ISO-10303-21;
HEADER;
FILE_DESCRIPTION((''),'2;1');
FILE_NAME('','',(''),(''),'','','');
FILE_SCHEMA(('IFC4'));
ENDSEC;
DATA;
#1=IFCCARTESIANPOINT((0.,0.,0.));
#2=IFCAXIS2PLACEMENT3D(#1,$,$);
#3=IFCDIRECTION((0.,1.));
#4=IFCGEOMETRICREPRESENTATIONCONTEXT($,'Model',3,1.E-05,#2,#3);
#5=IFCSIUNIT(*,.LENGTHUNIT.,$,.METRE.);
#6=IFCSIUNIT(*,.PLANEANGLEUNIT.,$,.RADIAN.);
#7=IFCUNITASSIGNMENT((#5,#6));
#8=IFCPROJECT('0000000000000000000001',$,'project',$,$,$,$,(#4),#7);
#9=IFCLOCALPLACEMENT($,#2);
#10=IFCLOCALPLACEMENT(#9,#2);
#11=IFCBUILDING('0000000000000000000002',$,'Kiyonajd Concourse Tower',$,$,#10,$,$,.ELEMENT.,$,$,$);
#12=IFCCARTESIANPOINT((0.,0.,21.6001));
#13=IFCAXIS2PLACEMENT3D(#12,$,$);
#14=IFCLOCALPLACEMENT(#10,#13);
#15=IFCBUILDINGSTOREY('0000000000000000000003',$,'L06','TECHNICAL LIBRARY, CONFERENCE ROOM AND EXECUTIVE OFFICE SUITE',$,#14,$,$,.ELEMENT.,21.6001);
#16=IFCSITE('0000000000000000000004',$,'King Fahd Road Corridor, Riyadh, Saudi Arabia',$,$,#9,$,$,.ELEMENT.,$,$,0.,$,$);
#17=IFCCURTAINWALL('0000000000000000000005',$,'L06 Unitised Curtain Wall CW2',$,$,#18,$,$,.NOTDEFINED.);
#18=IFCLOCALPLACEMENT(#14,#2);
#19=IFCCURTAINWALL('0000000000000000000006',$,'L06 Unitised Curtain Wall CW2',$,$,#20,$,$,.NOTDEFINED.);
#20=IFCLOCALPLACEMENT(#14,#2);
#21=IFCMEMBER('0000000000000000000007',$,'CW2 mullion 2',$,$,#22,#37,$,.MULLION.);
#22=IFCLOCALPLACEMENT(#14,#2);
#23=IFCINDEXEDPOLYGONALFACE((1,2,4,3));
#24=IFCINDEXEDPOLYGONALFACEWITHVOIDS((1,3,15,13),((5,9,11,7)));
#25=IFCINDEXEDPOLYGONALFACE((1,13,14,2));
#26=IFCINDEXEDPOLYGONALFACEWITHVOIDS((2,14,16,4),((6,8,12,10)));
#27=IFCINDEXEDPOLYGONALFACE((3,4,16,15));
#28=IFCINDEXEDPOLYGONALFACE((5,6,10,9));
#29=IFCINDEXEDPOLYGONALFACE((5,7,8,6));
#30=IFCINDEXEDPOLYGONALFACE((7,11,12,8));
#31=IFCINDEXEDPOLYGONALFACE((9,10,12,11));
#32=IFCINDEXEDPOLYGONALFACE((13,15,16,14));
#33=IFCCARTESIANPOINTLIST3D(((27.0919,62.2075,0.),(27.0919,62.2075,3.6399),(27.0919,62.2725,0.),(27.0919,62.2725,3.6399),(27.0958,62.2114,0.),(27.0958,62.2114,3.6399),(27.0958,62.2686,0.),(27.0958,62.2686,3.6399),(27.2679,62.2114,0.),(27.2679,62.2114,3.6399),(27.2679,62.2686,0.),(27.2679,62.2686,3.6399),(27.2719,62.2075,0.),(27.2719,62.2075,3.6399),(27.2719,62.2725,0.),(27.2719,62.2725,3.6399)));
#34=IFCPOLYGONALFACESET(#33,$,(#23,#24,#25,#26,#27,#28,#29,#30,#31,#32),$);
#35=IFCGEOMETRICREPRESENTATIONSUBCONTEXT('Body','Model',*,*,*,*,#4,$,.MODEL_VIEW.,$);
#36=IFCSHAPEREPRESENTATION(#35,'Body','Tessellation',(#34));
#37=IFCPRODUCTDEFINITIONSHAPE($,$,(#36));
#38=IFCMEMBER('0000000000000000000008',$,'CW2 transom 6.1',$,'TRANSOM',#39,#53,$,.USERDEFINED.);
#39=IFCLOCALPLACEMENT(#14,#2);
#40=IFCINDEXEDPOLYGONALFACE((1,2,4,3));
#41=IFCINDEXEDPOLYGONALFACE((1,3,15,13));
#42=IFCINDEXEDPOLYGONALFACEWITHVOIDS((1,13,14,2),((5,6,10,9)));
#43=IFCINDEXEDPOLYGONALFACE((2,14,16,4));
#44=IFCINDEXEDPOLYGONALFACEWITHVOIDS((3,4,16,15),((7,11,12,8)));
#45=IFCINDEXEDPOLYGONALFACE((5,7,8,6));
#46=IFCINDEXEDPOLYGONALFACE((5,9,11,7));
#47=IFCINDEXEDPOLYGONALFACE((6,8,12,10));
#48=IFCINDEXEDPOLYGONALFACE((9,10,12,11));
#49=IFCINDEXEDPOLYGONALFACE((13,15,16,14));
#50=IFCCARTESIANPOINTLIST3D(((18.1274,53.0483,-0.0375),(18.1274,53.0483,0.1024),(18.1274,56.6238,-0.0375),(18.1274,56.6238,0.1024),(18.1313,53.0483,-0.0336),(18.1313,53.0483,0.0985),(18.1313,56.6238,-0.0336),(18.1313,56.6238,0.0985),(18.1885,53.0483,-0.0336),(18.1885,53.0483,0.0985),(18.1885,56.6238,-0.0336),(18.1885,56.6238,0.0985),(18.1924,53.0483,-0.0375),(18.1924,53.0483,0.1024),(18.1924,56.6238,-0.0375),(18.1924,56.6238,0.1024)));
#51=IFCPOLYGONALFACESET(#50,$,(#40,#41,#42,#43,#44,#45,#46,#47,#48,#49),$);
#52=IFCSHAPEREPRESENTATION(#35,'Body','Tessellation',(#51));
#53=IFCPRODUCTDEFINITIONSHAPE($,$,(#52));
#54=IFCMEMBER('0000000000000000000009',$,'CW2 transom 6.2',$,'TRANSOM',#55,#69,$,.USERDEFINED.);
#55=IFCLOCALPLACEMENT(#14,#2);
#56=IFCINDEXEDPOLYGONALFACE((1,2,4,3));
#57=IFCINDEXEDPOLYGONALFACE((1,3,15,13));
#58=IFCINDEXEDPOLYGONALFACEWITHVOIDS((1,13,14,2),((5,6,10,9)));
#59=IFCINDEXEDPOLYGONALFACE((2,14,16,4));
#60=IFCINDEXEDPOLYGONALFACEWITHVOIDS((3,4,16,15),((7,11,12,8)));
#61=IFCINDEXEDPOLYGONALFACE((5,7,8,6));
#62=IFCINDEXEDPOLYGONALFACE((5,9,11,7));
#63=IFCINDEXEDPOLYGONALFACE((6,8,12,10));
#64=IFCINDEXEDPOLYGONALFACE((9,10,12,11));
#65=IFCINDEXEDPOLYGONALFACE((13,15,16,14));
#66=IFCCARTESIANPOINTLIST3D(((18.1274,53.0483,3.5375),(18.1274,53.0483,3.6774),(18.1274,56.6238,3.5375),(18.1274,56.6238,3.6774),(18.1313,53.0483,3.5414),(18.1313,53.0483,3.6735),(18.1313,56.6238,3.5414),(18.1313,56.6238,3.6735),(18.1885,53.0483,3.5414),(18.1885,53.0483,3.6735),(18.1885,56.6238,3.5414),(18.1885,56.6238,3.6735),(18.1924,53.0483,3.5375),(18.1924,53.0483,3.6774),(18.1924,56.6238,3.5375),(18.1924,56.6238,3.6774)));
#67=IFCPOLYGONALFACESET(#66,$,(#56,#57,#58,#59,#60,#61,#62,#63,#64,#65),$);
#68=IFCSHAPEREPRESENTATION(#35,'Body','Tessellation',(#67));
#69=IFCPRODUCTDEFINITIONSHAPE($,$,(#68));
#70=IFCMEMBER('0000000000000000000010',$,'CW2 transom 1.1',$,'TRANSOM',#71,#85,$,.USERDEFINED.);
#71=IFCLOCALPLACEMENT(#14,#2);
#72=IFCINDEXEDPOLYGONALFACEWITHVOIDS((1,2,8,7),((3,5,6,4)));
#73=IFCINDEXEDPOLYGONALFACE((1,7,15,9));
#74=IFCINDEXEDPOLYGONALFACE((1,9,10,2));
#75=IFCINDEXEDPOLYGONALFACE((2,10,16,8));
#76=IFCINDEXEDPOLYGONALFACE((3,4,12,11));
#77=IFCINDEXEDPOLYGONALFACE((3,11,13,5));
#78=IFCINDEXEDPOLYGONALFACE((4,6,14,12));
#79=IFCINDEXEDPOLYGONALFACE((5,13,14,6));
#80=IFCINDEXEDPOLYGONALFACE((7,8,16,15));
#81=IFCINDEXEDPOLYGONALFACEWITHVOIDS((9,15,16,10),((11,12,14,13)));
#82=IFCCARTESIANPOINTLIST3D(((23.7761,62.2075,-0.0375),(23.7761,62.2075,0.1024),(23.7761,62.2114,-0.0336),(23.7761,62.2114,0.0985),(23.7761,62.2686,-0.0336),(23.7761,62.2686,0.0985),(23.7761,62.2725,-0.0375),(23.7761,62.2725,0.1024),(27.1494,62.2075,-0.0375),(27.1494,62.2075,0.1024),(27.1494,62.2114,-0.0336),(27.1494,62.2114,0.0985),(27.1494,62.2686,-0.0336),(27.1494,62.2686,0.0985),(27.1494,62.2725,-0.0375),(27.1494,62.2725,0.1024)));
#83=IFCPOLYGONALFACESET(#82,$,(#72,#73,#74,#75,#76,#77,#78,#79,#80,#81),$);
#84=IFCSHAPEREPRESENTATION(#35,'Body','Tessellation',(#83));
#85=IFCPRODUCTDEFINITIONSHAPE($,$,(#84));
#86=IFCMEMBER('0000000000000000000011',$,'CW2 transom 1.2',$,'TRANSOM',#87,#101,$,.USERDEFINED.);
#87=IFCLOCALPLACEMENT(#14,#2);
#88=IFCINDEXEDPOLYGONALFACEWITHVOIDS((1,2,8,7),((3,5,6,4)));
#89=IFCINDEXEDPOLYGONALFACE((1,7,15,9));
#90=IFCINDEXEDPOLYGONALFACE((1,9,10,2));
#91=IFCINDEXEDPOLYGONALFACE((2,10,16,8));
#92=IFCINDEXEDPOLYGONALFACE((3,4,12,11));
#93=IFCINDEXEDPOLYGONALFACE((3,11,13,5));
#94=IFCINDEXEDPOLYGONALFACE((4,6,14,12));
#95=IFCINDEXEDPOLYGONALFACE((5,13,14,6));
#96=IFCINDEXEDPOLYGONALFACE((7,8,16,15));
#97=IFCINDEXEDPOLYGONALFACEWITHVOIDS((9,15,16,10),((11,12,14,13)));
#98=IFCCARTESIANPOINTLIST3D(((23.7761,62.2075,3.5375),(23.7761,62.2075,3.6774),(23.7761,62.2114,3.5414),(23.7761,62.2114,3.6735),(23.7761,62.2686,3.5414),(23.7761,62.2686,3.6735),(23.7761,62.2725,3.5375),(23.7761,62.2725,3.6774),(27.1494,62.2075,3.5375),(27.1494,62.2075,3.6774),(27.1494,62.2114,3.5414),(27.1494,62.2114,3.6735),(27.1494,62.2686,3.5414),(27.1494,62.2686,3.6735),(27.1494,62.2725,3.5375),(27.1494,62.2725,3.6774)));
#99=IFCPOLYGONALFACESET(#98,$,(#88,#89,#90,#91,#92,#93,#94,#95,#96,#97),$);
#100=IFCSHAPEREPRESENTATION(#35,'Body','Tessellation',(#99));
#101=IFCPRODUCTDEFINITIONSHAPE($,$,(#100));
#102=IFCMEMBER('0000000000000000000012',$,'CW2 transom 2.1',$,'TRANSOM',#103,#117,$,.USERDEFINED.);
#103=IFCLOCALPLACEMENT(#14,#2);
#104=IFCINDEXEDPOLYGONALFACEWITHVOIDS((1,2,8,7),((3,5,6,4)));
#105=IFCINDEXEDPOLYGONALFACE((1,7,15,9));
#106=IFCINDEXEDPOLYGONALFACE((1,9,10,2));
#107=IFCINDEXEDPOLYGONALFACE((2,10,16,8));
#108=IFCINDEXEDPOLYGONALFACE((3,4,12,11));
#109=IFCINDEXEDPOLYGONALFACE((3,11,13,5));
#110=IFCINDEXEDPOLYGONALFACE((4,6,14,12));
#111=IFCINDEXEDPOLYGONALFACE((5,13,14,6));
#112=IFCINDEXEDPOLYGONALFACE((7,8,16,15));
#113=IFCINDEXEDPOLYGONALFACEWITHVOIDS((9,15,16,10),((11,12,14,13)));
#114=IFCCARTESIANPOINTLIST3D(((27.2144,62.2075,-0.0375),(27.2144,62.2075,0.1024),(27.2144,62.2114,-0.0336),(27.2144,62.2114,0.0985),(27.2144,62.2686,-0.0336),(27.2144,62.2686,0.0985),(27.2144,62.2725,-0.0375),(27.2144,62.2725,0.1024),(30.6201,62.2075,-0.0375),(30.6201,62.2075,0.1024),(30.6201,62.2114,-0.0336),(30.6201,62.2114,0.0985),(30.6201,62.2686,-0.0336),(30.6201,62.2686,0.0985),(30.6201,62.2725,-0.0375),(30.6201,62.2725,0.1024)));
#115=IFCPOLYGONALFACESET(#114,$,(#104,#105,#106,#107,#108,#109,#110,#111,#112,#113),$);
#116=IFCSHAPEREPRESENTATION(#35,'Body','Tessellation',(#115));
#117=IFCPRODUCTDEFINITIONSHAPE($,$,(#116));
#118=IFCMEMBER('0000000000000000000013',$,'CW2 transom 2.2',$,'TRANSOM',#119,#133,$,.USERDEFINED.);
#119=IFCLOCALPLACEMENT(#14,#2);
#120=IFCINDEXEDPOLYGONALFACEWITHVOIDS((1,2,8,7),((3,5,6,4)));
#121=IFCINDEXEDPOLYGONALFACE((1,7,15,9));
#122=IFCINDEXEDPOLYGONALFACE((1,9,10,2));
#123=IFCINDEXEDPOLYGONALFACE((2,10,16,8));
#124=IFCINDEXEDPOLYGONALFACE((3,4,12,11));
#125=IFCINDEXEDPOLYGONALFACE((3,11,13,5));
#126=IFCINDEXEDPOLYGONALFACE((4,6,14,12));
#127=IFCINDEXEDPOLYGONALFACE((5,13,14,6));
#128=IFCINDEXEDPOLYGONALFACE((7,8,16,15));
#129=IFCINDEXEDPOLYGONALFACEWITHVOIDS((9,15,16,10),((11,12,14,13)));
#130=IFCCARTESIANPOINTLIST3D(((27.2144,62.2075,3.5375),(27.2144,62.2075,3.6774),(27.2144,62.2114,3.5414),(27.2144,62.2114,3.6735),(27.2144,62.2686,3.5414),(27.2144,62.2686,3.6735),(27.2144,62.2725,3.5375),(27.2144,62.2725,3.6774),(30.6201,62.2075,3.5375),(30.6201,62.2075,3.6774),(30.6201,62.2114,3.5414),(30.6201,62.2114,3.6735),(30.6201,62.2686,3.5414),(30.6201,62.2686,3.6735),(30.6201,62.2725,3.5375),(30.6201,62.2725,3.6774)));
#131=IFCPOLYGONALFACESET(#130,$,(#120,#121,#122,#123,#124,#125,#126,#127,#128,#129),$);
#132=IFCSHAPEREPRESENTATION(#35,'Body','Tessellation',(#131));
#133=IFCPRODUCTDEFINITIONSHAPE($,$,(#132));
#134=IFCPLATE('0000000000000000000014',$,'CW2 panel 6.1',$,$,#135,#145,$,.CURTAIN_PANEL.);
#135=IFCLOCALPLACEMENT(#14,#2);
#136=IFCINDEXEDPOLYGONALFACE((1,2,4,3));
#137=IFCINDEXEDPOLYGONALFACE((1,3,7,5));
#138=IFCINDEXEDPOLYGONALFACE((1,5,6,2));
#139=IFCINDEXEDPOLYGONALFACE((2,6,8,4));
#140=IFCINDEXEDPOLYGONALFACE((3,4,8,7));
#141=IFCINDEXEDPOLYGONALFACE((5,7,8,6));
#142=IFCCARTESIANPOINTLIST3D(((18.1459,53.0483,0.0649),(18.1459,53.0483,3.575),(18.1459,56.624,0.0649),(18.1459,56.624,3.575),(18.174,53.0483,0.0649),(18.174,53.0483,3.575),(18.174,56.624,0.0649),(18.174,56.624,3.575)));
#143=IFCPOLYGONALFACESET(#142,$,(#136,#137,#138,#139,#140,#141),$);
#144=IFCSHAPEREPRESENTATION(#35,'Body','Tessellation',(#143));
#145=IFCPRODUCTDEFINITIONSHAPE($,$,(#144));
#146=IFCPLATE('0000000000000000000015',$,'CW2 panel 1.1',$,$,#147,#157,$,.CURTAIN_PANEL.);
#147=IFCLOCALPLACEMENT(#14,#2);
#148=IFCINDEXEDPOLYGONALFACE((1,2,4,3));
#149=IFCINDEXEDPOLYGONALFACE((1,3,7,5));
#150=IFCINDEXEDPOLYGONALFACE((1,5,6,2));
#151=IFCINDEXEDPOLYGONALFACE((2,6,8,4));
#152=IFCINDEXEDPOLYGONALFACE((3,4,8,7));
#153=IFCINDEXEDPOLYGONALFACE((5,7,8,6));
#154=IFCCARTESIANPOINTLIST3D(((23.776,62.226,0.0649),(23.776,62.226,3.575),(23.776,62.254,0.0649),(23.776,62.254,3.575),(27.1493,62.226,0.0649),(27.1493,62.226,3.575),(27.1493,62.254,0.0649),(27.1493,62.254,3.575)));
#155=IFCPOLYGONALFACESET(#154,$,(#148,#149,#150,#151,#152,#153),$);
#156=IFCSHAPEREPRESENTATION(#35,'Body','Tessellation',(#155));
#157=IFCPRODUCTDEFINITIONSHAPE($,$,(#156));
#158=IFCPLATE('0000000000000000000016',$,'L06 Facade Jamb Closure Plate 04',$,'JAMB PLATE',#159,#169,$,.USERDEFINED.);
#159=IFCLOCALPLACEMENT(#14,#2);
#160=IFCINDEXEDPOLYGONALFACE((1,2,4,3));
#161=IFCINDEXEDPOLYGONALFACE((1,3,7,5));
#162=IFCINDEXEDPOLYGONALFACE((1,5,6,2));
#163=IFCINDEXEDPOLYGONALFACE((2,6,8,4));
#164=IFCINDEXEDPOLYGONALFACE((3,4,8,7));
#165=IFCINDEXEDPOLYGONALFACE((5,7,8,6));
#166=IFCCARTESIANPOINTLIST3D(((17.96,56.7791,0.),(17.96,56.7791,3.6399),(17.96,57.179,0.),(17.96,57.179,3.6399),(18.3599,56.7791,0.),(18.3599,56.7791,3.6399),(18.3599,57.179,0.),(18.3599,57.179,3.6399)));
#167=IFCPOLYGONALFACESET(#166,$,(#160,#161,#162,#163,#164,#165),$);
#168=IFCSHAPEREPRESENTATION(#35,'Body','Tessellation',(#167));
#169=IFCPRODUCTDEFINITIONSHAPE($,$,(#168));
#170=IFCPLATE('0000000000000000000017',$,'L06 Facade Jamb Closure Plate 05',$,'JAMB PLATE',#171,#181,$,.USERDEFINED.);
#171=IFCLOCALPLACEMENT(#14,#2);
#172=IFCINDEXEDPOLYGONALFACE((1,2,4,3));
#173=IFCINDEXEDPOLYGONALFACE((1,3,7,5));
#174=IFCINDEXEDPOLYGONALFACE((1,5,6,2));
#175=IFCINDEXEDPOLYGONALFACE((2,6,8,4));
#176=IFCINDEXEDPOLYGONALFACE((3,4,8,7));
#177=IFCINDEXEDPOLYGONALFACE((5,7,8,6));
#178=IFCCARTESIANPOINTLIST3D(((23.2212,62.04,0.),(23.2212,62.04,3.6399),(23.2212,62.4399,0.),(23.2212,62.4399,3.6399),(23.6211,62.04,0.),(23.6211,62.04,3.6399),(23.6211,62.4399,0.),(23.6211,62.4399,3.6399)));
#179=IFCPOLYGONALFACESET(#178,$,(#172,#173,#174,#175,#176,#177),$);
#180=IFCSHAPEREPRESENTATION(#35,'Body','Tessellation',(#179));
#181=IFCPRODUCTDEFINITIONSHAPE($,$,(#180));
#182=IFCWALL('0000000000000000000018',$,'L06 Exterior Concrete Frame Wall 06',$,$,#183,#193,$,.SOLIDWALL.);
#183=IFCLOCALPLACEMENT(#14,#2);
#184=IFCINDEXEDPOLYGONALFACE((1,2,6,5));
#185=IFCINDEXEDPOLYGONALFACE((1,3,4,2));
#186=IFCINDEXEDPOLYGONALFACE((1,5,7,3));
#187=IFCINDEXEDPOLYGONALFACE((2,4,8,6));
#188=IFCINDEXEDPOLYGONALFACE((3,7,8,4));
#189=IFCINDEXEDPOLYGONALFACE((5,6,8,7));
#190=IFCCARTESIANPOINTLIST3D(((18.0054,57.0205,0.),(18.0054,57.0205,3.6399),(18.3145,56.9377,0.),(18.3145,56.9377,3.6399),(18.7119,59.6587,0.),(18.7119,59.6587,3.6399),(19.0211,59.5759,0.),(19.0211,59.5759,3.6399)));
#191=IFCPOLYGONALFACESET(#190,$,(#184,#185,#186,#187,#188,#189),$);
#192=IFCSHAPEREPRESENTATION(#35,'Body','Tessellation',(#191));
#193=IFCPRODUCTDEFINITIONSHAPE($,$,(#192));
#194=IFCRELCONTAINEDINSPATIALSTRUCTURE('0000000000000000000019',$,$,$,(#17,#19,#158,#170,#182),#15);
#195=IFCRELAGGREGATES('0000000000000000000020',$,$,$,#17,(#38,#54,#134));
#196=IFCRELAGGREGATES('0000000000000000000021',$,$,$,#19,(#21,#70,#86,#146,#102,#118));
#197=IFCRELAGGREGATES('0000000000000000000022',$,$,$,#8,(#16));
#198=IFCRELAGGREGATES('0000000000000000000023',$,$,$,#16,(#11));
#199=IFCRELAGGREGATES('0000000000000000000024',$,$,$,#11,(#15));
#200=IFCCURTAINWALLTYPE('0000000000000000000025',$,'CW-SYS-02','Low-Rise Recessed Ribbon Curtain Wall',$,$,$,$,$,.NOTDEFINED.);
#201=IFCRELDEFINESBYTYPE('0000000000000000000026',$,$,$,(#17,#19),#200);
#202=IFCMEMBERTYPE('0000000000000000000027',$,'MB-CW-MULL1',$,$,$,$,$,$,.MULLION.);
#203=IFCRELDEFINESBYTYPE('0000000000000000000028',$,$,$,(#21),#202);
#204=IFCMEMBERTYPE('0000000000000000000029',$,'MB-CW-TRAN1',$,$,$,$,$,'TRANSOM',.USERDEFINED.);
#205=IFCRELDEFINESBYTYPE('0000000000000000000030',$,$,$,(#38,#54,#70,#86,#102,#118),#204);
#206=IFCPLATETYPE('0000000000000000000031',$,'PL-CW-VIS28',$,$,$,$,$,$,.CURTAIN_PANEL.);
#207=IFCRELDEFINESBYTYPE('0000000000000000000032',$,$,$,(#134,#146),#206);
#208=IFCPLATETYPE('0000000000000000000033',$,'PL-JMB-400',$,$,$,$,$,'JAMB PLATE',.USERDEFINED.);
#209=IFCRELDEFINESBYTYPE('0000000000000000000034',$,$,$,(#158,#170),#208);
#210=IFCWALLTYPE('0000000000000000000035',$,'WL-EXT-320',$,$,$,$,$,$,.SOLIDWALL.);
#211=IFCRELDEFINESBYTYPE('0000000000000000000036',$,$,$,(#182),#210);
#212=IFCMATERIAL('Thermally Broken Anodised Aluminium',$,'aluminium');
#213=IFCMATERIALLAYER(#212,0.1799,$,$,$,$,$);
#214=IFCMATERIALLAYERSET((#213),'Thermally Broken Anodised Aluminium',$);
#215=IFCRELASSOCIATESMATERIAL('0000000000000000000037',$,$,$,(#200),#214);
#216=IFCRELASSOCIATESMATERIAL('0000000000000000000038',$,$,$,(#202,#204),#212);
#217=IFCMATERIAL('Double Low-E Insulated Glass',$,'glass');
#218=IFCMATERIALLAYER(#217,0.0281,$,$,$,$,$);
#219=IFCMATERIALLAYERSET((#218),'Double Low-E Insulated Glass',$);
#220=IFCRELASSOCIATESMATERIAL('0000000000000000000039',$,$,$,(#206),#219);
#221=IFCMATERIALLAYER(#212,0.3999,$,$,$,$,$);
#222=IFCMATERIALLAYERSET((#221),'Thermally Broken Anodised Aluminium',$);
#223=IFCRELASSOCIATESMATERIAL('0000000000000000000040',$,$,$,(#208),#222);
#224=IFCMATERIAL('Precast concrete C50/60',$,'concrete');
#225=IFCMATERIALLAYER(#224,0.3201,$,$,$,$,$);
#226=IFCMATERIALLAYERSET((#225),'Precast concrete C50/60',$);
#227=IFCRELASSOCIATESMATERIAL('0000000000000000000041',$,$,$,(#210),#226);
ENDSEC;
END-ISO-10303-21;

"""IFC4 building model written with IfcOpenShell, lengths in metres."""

from ifc_helpers import new_model, si_unit, direction, frame, frame_2d, origin, origin_2d, place, context, subcontext, project, spatial, rectangle, hollow_rectangle, extrude, material, layer, layer_set, material_profile, profile_set, type_object, element, aggregate, save


model = new_model("IFC4")

# Units and contexts
model_context = context("Model", 3, precision=1e-05, world=origin(), true_north=direction((0.0, 1.0)))
body_context = subcontext(model_context, "Body", "Model", "MODEL_VIEW")
ifc_project = project(units=[si_unit("LENGTHUNIT", "METRE"), si_unit("PLANEANGLEUNIT", "RADIAN")], contexts=[model_context])

# Site, building, storey
site_placement = place(None, origin())
site = spatial("IfcSite", under=ifc_project, at=site_placement, Name="King Fahd Road Corridor, Riyadh, Saudi Arabia", CompositionType="ELEMENT", RefElevation=0.0)
building_placement = place(site_placement, origin())
building = spatial("IfcBuilding", under=site, at=building_placement, Name="Kiyonajd Concourse Tower", CompositionType="ELEMENT")
storey_placement = place(building_placement, frame((0.0, 0.0, 21.6001)))
storey = spatial("IfcBuildingStorey", under=building, at=storey_placement, Name="L06", Description="TECHNICAL LIBRARY, CONFERENCE ROOM AND EXECUTIVE OFFICE SUITE", CompositionType="ELEMENT", Elevation=21.6001)

# Shared definitions
ifc_material_1 = material(Name="Precast concrete C50/60", Category="concrete")

# Curtain walls, member
ifc_material_2 = material(Name="Thermally Broken Anodised Aluminium", Category="aluminium")
ifc_layer_1 = layer(ifc_material_2, 0.1799)
ifc_layer_set_1 = layer_set([ifc_layer_1], Name="Thermally Broken Anodised Aluminium")
curtain_wall_type = type_object("IfcCurtainWallType", Name="CW-SYS-02", Description="Low-Rise Recessed Ribbon Curtain Wall", PredefinedType="NOTDEFINED", material=ifc_layer_set_1)
curtain_wall_1_placement = place(storey_placement, origin())
curtain_wall_1 = element("IfcCurtainWall", 1, at=curtain_wall_1_placement, inside=storey, type_object=curtain_wall_type, Name="L06 Unitised Curtain Wall CW2", PredefinedType="NOTDEFINED")
ifc_material_profile_1 = material_profile(ifc_material_2, hollow_rectangle(XDim=0.0649, YDim=0.1799, WallThickness=0.0039, at=origin_2d()), Name="MULL-65x180")
ifc_profile_set_1 = profile_set([ifc_material_profile_1], Name="Thermally Broken Anodised Aluminium")
member_type_1 = type_object("IfcMemberType", Name="MB-CW-MULL1", PredefinedType="MULLION", material=ifc_profile_set_1)
curtain_wall_2_placement = place(storey_placement, origin())
curtain_wall_2 = element("IfcCurtainWall", 2, at=curtain_wall_2_placement, inside=storey, type_object=curtain_wall_type, Name="L06 Unitised Curtain Wall CW2", PredefinedType="NOTDEFINED")
member_1_placement = place(storey_placement, frame((27.1819, 62.24, 0.0), z_axis=(0.0, 0.0, 1.0), x_axis=(0.0, 1.0, 0.0)))
member_1 = element("IfcMember", 3, at=member_1_placement, type_object=member_type_1, Name="CW2 mullion 2", PredefinedType="MULLION", context=body_context, shape_type="SweptSolid", body=[
    extrude(hollow_rectangle(XDim=0.0649, YDim=0.1799, WallThickness=0.0039, at=origin_2d()), origin(), (0.0, 0.0, 1.0), 3.6399),
])

# Members
ifc_material_profile_2 = material_profile(ifc_material_2, hollow_rectangle(XDim=0.0649, YDim=0.1399, WallThickness=0.0039, at=origin_2d()), Name="TRAN-65x140")
ifc_profile_set_2 = profile_set([ifc_material_profile_2], Name="Thermally Broken Anodised Aluminium")
member_type_2 = type_object("IfcMemberType", Name="MB-CW-TRAN1", ElementType="TRANSOM", PredefinedType="USERDEFINED", material=ifc_profile_set_2)
member_2_placement = place(storey_placement, frame((18.1599, 53.0483, 0.0325), z_axis=(0.0, 1.0, 0.0), x_axis=(-1.0, 0.0, 0.0)))
member_2 = element("IfcMember", 4, at=member_2_placement, type_object=member_type_2, Name="CW2 transom 6.1", ObjectType="TRANSOM", PredefinedType="USERDEFINED", context=body_context, shape_type="SweptSolid", body=[
    extrude(hollow_rectangle(XDim=0.0649, YDim=0.1399, WallThickness=0.0039, at=origin_2d()), origin(), (0.0, 0.0, 1.0), 3.5754),
])
member_3_placement = place(storey_placement, frame((18.1599, 53.0483, 3.6074), z_axis=(0.0, 1.0, 0.0), x_axis=(-1.0, 0.0, 0.0)))
member_3 = element("IfcMember", 5, at=member_3_placement, type_object=member_type_2, Name="CW2 transom 6.2", ObjectType="TRANSOM", PredefinedType="USERDEFINED", context=body_context, shape_type="SweptSolid", body=[
    extrude(hollow_rectangle(XDim=0.0649, YDim=0.1399, WallThickness=0.0039, at=origin_2d()), origin(), (0.0, 0.0, 1.0), 3.5754),
])
member_4_placement = place(storey_placement, frame((23.7761, 62.24, 0.0325), z_axis=(1.0, 0.0, 0.0), x_axis=(0.0, 1.0, 0.0)))
member_4 = element("IfcMember", 6, at=member_4_placement, type_object=member_type_2, Name="CW2 transom 1.1", ObjectType="TRANSOM", PredefinedType="USERDEFINED", context=body_context, shape_type="SweptSolid", body=[
    extrude(hollow_rectangle(XDim=0.0649, YDim=0.1399, WallThickness=0.0039, at=origin_2d()), origin(), (0.0, 0.0, 1.0), 3.3733),
])
member_5_placement = place(storey_placement, frame((23.7761, 62.24, 3.6074), z_axis=(1.0, 0.0, 0.0), x_axis=(0.0, 1.0, 0.0)))
member_5 = element("IfcMember", 7, at=member_5_placement, type_object=member_type_2, Name="CW2 transom 1.2", ObjectType="TRANSOM", PredefinedType="USERDEFINED", context=body_context, shape_type="SweptSolid", body=[
    extrude(hollow_rectangle(XDim=0.0649, YDim=0.1399, WallThickness=0.0039, at=origin_2d()), origin(), (0.0, 0.0, 1.0), 3.3733),
])
member_6_placement = place(storey_placement, frame((27.2144, 62.24, 0.0325), z_axis=(1.0, 0.0, 0.0), x_axis=(0.0, 1.0, 0.0)))
member_6 = element("IfcMember", 8, at=member_6_placement, type_object=member_type_2, Name="CW2 transom 2.1", ObjectType="TRANSOM", PredefinedType="USERDEFINED", context=body_context, shape_type="SweptSolid", body=[
    extrude(hollow_rectangle(XDim=0.0649, YDim=0.1399, WallThickness=0.0039, at=origin_2d()), origin(), (0.0, 0.0, 1.0), 3.4058),
])
member_7_placement = place(storey_placement, frame((27.2144, 62.24, 3.6074), z_axis=(1.0, 0.0, 0.0), x_axis=(0.0, 1.0, 0.0)))
member_7 = element("IfcMember", 9, at=member_7_placement, type_object=member_type_2, Name="CW2 transom 2.2", ObjectType="TRANSOM", PredefinedType="USERDEFINED", context=body_context, shape_type="SweptSolid", body=[
    extrude(hollow_rectangle(XDim=0.0649, YDim=0.1399, WallThickness=0.0039, at=origin_2d()), origin(), (0.0, 0.0, 1.0), 3.4058),
])

# Plates
ifc_material_3 = material(Name="Double Low-E Insulated Glass", Category="glass")
ifc_layer_2 = layer(ifc_material_3, 0.0281)
ifc_layer_set_2 = layer_set([ifc_layer_2], Name="Double Low-E Insulated Glass")
plate_type_1 = type_object("IfcPlateType", Name="PL-CW-VIS28", PredefinedType="CURTAIN_PANEL", material=ifc_layer_set_2)
plate_1_placement = place(storey_placement, frame((18.1599, 54.8362, 0.0649), z_axis=(0.0, 0.0, 1.0), x_axis=(0.0, 1.0, 0.0)))
plate_1 = element("IfcPlate", 10, at=plate_1_placement, type_object=plate_type_1, Name="CW2 panel 6.1", PredefinedType="CURTAIN_PANEL", context=body_context, shape_type="SweptSolid", body=[
    extrude(rectangle(XDim=3.5757, YDim=0.0281, at=origin_2d()), origin(), (0.0, 0.0, 1.0), 3.51),
])
aggregate(curtain_wall_1, [member_2, member_3, plate_1])
plate_2_placement = place(storey_placement, frame((25.4626, 62.24, 0.0649), z_axis=(0.0, 0.0, 1.0), x_axis=(1.0, 0.0, 0.0)))
plate_2 = element("IfcPlate", 11, at=plate_2_placement, type_object=plate_type_1, Name="CW2 panel 1.1", PredefinedType="CURTAIN_PANEL", context=body_context, shape_type="SweptSolid", body=[
    extrude(rectangle(XDim=3.3733, YDim=0.0281, at=origin_2d()), origin(), (0.0, 0.0, 1.0), 3.51),
])
aggregate(curtain_wall_2, [member_1, member_4, member_5, plate_2, member_6, member_7])

# Plates
ifc_layer_3 = layer(ifc_material_2, 0.3999)
ifc_layer_set_3 = layer_set([ifc_layer_3], Name="Thermally Broken Anodised Aluminium")
plate_type_2 = type_object("IfcPlateType", Name="PL-JMB-400", ElementType="JAMB PLATE", PredefinedType="USERDEFINED", material=ifc_layer_set_3)
for number, where, z_axis, x_axis, name in (
    (12, (18.1599, 56.979, 0.0), (0.0, 0.0, 1.0), (1.0, 0.0, 0.0), "L06 Facade Jamb Closure Plate 04"),
    (13, (23.4211, 62.24, 0.0), (0.0, 0.0, 1.0), (1.0, 0.0, 0.0), "L06 Facade Jamb Closure Plate 05"),
):
    element("IfcPlate", number, at=place(storey_placement, frame(where, z_axis=z_axis, x_axis=x_axis)), inside=storey, type_object=plate_type_2, Name=name, ObjectType="JAMB PLATE", PredefinedType="USERDEFINED", context=body_context, shape_type="SweptSolid", body=[
        extrude(rectangle(XDim=0.3999, YDim=0.3999, at=origin_2d()), origin(), (0.0, 0.0, 1.0), 3.6399),
    ])

# Wall
ifc_layer_4 = layer(ifc_material_1, 0.3201)
ifc_layer_set_4 = layer_set([ifc_layer_4], Name="Precast concrete C50/60")
wall_type_1 = type_object("IfcWallType", Name="WL-EXT-320", PredefinedType="SOLIDWALL", material=ifc_layer_set_4)
wall_1_placement = place(storey_placement, frame((18.1599, 56.979, 0.0), z_axis=(0.0, 0.0, 1.0), x_axis=(0.258697, 0.965958, 0.0)))
element("IfcWall", 14, at=wall_1_placement, inside=storey, type_object=wall_type_1, Name="L06 Exterior Concrete Frame Wall 06", PredefinedType="SOLIDWALL", context=body_context, shape_type="SweptSolid", body=[
    extrude(rectangle(XDim=2.7312, YDim=0.3201, at=frame_2d((1.3657, 0.0))), origin(), (0.0, 0.0, 1.0), 3.6399),
])

save(model, "model.ifc")
